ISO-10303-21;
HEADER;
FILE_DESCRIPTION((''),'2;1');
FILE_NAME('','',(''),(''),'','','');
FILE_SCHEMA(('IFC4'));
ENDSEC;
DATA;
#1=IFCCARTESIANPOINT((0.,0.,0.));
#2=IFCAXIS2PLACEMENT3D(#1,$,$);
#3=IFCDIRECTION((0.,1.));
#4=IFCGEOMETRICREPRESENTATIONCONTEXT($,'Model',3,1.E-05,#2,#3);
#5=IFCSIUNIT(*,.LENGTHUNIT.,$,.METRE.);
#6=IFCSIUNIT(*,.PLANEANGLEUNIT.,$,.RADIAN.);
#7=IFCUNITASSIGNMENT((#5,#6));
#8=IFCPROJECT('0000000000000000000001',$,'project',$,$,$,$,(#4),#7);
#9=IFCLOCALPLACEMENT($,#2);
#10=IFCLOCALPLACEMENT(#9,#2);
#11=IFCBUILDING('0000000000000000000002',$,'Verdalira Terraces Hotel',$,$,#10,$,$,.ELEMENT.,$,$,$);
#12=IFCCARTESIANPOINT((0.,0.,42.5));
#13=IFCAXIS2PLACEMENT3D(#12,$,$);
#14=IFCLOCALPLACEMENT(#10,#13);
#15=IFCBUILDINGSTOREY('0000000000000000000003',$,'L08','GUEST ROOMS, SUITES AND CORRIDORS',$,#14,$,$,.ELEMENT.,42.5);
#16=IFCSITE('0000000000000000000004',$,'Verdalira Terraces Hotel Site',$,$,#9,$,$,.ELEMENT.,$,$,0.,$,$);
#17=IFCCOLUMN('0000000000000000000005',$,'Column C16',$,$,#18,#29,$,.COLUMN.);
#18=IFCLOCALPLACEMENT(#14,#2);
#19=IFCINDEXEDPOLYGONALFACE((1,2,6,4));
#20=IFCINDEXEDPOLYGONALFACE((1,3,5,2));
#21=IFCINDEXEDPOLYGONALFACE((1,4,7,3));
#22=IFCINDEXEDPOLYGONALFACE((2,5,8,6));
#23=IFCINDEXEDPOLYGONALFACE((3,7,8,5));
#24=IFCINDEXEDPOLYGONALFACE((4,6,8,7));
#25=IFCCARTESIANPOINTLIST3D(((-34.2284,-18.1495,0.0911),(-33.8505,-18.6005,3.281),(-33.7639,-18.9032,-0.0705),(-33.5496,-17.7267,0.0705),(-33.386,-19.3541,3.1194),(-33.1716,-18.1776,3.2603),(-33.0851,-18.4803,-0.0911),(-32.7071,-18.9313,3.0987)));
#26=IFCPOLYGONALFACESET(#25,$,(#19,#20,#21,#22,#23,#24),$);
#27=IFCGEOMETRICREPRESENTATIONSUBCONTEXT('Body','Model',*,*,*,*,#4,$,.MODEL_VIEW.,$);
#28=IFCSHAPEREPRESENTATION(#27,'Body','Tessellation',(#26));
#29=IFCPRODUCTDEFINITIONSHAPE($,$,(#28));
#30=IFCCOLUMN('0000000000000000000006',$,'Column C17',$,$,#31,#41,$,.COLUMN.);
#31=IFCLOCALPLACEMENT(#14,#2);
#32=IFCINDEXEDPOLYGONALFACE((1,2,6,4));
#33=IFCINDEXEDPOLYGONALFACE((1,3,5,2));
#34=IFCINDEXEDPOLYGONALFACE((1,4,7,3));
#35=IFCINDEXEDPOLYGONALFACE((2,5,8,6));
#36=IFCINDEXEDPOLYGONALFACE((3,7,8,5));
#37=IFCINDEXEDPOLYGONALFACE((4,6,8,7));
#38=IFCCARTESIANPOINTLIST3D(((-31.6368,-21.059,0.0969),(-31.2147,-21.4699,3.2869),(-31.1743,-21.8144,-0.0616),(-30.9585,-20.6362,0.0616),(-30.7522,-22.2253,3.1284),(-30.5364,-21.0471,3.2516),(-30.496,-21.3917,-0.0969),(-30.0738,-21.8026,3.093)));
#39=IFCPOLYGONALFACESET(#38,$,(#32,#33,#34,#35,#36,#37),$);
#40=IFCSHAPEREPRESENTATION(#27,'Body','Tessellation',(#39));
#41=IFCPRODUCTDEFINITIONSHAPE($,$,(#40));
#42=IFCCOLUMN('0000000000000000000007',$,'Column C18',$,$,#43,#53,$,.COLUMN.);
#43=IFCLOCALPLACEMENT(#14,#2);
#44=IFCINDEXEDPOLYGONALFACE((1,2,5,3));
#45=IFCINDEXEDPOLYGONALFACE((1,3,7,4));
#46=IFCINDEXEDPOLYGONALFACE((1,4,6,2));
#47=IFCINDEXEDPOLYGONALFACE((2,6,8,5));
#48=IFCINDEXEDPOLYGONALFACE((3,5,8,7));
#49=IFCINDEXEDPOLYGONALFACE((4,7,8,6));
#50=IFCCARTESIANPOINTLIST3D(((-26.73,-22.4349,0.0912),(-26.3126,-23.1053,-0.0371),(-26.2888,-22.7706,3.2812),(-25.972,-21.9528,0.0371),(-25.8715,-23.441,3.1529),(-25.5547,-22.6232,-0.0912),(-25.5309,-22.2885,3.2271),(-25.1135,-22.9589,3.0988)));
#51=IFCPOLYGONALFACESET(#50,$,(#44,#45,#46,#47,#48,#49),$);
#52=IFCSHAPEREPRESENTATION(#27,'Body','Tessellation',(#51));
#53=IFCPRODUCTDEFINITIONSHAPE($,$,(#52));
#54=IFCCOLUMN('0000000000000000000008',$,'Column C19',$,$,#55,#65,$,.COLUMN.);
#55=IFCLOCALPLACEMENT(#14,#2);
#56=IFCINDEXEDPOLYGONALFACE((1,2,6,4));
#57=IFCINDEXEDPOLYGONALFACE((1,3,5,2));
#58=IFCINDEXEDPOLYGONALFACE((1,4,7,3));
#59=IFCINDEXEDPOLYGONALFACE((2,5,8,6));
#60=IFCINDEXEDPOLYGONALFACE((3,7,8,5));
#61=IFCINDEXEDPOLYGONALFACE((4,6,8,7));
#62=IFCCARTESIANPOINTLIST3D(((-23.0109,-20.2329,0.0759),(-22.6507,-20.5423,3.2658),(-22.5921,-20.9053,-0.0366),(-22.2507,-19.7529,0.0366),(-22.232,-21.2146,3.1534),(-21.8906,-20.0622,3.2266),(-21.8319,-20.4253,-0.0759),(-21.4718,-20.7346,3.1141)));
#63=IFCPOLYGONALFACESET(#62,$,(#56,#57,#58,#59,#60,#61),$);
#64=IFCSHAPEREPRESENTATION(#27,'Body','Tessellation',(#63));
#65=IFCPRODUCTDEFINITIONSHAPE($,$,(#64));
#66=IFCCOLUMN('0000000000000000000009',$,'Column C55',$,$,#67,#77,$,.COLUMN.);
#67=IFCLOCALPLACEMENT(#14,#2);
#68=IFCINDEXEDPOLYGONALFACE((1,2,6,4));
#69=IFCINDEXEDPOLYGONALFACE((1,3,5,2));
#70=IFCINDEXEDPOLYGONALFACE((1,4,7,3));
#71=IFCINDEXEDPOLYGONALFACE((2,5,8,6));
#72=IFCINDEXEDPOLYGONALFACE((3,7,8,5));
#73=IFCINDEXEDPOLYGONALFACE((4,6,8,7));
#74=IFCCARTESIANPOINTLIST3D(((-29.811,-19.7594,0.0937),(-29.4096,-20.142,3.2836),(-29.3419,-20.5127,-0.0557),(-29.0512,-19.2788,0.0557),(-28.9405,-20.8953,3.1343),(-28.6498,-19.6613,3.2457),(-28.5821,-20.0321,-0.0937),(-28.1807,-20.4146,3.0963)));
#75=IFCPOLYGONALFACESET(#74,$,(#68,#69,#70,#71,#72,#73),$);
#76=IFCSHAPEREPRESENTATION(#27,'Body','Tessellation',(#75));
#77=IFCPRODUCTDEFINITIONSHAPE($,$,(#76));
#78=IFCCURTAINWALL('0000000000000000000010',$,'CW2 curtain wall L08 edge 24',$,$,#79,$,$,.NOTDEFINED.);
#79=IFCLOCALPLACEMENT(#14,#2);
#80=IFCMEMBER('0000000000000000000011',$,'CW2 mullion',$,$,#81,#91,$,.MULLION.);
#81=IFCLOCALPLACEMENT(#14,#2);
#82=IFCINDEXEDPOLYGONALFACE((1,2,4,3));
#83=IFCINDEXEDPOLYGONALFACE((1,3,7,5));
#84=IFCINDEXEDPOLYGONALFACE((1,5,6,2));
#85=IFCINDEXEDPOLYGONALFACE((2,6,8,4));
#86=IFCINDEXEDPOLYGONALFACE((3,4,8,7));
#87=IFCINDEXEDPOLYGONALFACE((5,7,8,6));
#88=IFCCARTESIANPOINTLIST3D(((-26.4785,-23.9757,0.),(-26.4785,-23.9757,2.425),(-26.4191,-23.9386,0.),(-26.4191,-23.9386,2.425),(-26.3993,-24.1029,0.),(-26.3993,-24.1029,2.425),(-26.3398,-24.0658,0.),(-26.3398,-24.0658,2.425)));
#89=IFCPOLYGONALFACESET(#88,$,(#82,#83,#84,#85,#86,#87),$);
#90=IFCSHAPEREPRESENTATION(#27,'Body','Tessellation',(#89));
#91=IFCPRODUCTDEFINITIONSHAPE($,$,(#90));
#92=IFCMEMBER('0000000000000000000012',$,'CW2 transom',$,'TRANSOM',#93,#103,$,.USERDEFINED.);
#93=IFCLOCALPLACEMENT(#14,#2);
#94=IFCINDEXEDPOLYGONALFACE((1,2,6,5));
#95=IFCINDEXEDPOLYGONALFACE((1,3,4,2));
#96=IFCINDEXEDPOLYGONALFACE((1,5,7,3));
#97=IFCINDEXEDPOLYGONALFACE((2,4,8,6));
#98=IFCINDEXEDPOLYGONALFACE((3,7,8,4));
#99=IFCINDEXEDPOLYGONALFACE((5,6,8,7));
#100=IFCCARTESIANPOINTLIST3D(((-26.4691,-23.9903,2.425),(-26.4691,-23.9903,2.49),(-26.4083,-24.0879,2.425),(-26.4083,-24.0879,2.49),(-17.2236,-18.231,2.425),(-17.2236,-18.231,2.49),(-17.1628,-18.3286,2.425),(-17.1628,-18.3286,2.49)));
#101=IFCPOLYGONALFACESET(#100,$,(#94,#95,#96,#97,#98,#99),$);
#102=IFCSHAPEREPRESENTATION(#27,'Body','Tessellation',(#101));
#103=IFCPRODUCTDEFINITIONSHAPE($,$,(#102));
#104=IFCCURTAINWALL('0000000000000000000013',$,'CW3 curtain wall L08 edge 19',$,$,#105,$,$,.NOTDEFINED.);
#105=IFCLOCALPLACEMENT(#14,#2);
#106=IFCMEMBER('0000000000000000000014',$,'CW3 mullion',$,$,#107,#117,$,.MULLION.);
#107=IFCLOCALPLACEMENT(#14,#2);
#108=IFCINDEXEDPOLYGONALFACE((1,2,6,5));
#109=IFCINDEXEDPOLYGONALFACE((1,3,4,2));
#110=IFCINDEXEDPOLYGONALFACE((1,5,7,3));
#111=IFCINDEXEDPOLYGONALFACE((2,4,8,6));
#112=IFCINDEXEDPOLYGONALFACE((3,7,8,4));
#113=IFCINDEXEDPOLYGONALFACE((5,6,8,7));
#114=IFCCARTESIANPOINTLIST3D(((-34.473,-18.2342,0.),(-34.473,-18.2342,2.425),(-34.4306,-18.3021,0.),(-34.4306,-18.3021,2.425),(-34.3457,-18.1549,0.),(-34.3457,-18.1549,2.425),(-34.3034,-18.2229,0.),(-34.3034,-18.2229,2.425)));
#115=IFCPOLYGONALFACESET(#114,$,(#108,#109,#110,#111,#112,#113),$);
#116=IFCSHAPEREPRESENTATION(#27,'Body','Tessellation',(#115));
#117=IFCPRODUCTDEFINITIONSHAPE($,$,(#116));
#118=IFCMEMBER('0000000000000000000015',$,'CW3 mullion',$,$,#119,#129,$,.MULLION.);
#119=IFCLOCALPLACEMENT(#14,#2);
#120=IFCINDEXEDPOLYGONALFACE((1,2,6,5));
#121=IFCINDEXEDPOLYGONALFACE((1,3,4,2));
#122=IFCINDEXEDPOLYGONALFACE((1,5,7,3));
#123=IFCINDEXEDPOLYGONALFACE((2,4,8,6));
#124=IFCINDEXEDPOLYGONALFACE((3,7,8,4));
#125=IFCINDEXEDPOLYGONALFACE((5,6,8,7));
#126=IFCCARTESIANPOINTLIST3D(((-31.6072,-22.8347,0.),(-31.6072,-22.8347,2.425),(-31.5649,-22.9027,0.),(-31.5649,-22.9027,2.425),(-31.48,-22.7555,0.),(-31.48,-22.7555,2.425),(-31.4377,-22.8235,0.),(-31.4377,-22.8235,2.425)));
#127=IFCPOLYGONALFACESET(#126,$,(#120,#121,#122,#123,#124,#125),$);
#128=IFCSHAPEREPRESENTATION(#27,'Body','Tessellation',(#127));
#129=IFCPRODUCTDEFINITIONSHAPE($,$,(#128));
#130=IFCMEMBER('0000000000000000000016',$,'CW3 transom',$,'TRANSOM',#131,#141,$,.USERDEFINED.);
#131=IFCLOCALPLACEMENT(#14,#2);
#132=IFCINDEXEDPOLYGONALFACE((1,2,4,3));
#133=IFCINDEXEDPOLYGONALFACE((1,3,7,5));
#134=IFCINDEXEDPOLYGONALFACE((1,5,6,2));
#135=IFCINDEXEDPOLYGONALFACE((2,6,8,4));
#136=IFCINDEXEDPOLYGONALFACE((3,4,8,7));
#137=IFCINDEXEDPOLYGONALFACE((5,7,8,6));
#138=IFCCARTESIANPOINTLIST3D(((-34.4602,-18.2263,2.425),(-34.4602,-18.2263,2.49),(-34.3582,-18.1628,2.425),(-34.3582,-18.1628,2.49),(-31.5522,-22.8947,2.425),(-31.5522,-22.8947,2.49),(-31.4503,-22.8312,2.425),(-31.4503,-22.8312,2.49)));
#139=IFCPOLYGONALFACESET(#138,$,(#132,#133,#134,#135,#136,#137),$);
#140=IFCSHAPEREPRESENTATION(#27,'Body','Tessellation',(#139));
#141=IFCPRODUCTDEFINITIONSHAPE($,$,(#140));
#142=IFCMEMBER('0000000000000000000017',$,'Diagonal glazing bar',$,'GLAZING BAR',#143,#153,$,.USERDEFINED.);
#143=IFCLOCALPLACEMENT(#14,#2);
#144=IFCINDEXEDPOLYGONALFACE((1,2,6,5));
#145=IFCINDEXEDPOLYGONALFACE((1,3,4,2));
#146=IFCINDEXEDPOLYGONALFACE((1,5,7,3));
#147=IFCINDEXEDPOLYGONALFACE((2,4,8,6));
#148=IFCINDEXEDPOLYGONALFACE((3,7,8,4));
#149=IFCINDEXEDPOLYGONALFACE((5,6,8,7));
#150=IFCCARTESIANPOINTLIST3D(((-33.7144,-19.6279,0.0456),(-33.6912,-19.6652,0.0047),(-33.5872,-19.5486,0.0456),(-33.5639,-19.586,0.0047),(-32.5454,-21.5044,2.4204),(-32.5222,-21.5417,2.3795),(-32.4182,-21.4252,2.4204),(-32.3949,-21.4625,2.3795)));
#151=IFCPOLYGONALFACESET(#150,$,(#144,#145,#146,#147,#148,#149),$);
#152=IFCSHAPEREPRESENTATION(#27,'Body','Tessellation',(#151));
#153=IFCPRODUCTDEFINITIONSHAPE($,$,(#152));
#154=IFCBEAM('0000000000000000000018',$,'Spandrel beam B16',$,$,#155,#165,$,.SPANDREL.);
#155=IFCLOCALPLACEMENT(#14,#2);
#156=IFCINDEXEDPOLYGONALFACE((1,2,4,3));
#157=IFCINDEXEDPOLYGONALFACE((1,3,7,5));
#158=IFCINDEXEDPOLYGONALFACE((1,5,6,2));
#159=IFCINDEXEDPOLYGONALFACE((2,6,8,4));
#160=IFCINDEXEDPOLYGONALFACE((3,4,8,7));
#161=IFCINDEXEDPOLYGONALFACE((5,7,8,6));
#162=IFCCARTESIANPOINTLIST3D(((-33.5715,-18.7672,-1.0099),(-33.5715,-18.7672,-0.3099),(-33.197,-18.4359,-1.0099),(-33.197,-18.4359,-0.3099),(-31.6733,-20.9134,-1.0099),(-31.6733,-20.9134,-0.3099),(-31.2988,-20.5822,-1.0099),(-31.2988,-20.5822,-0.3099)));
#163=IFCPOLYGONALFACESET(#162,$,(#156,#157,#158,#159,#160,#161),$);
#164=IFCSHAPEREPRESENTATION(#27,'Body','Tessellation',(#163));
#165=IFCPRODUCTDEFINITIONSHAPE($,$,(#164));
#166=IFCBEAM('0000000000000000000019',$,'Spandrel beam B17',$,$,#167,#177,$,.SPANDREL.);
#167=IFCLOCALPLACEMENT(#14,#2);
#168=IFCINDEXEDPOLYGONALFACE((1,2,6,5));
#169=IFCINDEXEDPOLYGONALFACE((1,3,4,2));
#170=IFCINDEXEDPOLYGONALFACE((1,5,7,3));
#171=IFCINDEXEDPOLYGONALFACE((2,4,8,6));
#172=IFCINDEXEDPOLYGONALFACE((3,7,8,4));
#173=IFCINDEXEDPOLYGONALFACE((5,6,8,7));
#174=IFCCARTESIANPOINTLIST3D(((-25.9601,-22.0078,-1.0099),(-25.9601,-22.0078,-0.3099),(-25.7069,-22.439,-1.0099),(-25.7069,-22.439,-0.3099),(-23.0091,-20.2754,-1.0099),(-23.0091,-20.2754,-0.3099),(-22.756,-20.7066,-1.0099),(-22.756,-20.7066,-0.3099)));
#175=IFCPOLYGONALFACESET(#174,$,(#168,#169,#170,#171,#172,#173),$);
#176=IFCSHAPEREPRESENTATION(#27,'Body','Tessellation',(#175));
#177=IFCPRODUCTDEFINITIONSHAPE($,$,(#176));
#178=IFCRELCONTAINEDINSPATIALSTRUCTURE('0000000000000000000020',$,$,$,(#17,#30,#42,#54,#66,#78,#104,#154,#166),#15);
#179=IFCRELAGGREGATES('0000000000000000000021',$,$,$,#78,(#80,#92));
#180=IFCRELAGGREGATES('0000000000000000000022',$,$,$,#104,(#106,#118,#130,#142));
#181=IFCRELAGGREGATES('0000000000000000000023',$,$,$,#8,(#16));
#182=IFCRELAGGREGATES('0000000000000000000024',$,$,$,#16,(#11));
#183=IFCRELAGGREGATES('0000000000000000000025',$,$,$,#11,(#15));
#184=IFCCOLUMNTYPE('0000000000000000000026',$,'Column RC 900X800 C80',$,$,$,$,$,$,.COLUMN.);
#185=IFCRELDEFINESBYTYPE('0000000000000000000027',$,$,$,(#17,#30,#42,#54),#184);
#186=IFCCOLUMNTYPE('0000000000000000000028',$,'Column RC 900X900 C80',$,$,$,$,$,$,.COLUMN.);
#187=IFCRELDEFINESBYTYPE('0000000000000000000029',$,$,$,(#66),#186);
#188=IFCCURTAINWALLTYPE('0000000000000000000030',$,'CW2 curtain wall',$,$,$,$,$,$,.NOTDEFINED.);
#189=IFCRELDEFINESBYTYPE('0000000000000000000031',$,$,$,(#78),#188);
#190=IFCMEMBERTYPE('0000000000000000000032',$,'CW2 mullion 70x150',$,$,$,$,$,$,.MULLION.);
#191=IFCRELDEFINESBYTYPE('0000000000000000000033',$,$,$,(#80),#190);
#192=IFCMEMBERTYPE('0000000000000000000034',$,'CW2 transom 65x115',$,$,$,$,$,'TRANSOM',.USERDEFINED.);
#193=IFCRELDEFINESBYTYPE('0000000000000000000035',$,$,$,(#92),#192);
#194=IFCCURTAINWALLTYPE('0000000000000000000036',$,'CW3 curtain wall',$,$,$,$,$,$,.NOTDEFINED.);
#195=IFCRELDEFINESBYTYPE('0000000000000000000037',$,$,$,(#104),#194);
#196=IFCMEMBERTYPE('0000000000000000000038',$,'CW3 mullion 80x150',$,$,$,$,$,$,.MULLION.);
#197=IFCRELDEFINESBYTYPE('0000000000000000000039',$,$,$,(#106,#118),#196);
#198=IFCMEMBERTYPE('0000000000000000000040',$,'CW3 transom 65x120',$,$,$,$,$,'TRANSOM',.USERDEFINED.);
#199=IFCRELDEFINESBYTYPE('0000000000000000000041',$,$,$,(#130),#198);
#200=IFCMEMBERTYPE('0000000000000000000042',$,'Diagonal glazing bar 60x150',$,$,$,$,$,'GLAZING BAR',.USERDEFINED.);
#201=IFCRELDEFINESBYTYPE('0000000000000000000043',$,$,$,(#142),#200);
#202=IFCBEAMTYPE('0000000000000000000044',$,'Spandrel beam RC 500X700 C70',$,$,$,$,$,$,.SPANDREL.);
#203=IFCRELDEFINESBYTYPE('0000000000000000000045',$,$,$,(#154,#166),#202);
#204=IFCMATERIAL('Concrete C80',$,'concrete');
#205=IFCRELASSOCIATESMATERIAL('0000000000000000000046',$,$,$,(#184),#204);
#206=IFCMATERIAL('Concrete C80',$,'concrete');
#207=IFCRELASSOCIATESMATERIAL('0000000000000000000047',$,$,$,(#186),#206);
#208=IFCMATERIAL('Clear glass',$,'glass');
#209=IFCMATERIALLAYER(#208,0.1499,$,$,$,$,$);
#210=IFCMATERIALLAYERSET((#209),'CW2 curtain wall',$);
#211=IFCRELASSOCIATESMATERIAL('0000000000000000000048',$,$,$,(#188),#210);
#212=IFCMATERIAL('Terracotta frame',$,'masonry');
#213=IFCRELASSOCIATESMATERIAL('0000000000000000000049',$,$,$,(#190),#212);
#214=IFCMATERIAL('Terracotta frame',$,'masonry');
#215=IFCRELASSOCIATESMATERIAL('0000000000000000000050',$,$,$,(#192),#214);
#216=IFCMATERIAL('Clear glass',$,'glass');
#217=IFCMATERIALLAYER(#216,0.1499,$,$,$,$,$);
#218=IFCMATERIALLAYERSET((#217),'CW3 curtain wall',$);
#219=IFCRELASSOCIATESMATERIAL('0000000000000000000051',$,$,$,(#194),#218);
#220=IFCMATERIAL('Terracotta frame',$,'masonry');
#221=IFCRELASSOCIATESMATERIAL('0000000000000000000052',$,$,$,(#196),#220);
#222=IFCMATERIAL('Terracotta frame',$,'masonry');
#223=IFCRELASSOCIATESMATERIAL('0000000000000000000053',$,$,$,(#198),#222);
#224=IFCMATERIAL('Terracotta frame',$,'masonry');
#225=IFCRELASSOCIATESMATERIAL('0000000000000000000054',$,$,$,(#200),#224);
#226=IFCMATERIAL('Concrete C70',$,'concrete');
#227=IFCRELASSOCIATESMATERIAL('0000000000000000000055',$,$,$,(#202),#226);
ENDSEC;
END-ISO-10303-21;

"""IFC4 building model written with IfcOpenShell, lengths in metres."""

from ifc_helpers import new_model, si_unit, direction, frame, origin, origin_2d, place, context, subcontext, project, spatial, rectangle, extrude, material, layer, layer_set, material_profile, profile_set, type_object, element, aggregate, save


model = new_model("IFC4")

# Units and contexts
model_context = context("Model", 3, precision=1e-05, world=origin(), true_north=direction((0.0, 1.0)))
body_context = subcontext(model_context, "Body", "Model", "MODEL_VIEW")
ifc_project = project(units=[si_unit("LENGTHUNIT", "METRE"), si_unit("PLANEANGLEUNIT", "RADIAN")], contexts=[model_context])

# Site, building, storey
site_placement = place(None, origin())
site = spatial("IfcSite", under=ifc_project, at=site_placement, Name="Verdalira Terraces Hotel Site", CompositionType="ELEMENT", RefElevation=0.0)
building_placement = place(site_placement, origin())
building = spatial("IfcBuilding", under=site, at=building_placement, Name="Verdalira Terraces Hotel", CompositionType="ELEMENT")
storey_placement = place(building_placement, frame((0.0, 0.0, 42.5)))
storey = spatial("IfcBuildingStorey", under=building, at=storey_placement, Name="L08", Description="GUEST ROOMS, SUITES AND CORRIDORS", CompositionType="ELEMENT", Elevation=42.5)

# Columns
ifc_material_1 = material(Name="Concrete C80", Category="concrete")
ifc_material_profile_1 = material_profile(ifc_material_1, rectangle(XDim=0.8999, YDim=0.8, at=origin_2d()), Name="RC 900X800")
ifc_profile_set_1 = profile_set([ifc_material_profile_1], Name="Concrete C80")
column_type_1 = type_object("IfcColumnType", Name="Column RC 900X800 C80", PredefinedType="COLUMN", material=ifc_profile_set_1)
column_1_placement = place(storey_placement, frame((-33.6567, -18.3149, 0.0), z_axis=(0.11651, -0.139014, 0.983413), x_axis=(0.516165, -0.837461, -0.179536)))
element("IfcColumn", 1, at=column_1_placement, inside=storey, type_object=column_type_1, Name="Column C16", PredefinedType="COLUMN", context=body_context, shape_type="SweptSolid", body=[
    extrude(rectangle(XDim=0.8999, YDim=0.8, at=origin_2d()), origin(), (0.0, 0.0, 1.0), 3.2437),
])
column_2_placement = place(storey_placement, frame((-31.0664, -21.2253, 0.0), z_axis=(0.130128, -0.126666, 0.983373), x_axis=(0.51399, -0.839515, -0.176151)))
element("IfcColumn", 2, at=column_2_placement, inside=storey, type_object=column_type_1, Name="Column C17", PredefinedType="COLUMN", context=body_context, shape_type="SweptSolid", body=[
    extrude(rectangle(XDim=0.8999, YDim=0.8, at=origin_2d()), origin(), (0.0, 0.0, 1.0), 3.2439),
])
column_3_placement = place(storey_placement, frame((-26.1423, -22.5291, 0.0), z_axis=(0.136256, -0.103681, 0.985233), x_axis=(0.842216, 0.53578, -0.060094)))
element("IfcColumn", 3, at=column_3_placement, inside=storey, type_object=column_type_1, Name="Column C18", PredefinedType="COLUMN", context=body_context, shape_type="SweptSolid", body=[
    extrude(rectangle(XDim=0.8999, YDim=0.8, at=origin_2d()), origin(), (0.0, 0.0, 1.0), 3.2378),
])
column_4_placement = place(storey_placement, frame((-22.4214, -20.3291, 0.0), z_axis=(0.111659, -0.095913, 0.989107), x_axis=(0.844726, 0.533418, -0.043635)))
element("IfcColumn", 4, at=column_4_placement, inside=storey, type_object=column_type_1, Name="Column C19", PredefinedType="COLUMN", context=body_context, shape_type="SweptSolid", body=[
    extrude(rectangle(XDim=0.8999, YDim=0.8, at=origin_2d()), origin(), (0.0, 0.0, 1.0), 3.2251),
])
ifc_material_2 = material(Name="Concrete C80", Category="concrete")
ifc_material_profile_2 = material_profile(ifc_material_2, rectangle(XDim=0.8999, YDim=0.8999, at=origin_2d()), Name="RC 900X900")
ifc_profile_set_2 = profile_set([ifc_material_profile_2], Name="Concrete C80")
column_type_2 = type_object("IfcColumnType", Name="Column RC 900X900 C80", PredefinedType="COLUMN", material=ifc_profile_set_2)
column_5_placement = place(storey_placement, frame((-29.1965, -19.8958, 0.0), z_axis=(0.123964, -0.118158, 0.985227), x_axis=(-0.844339, -0.534147, 0.042177)))
element("IfcColumn", 5, at=column_5_placement, inside=storey, type_object=column_type_2, Name="Column C55", PredefinedType="COLUMN", context=body_context, shape_type="SweptSolid", body=[
    extrude(rectangle(XDim=0.8999, YDim=0.8999, at=origin_2d()), origin(), (0.0, 0.0, 1.0), 3.2378),
])

# Curtain walls, members
ifc_material_3 = material(Name="Clear glass", Category="glass")
ifc_layer_1 = layer(ifc_material_3, 0.1499)
ifc_layer_set_1 = layer_set([ifc_layer_1], Name="CW2 curtain wall")
curtain_wall_type_1 = type_object("IfcCurtainWallType", Name="CW2 curtain wall", PredefinedType="NOTDEFINED", material=ifc_layer_set_1)
curtain_wall_1_placement = place(storey_placement, origin())
curtain_wall_1 = element("IfcCurtainWall", 6, at=curtain_wall_1_placement, inside=storey, type_object=curtain_wall_type_1, Name="CW2 curtain wall L08 edge 24", PredefinedType="NOTDEFINED")
ifc_material_4 = material(Name="Terracotta frame", Category="masonry")
ifc_material_profile_3 = material_profile(ifc_material_4, rectangle(XDim=0.0701, YDim=0.1499, at=origin_2d()), Name="MU 70x150")
ifc_profile_set_3 = profile_set([ifc_material_profile_3], Name="Terracotta frame")
member_type_1 = type_object("IfcMemberType", Name="CW2 mullion 70x150", PredefinedType="MULLION", material=ifc_profile_set_3)
member_1_placement = place(storey_placement, frame((-26.4092, -24.0208, 0.0), z_axis=(0.0, 0.0, 1.0), x_axis=(0.848787, 0.528735, 0.0)))
member_1 = element("IfcMember", 7, at=member_1_placement, type_object=member_type_1, Name="CW2 mullion", PredefinedType="MULLION", context=body_context, shape_type="SweptSolid", body=[
    extrude(rectangle(XDim=0.0701, YDim=0.1499, at=origin_2d()), origin(), (0.0, 0.0, 1.0), 2.425),
])
ifc_material_5 = material(Name="Terracotta frame", Category="masonry")
ifc_material_profile_4 = material_profile(ifc_material_5, rectangle(XDim=0.115, YDim=0.0649, at=origin_2d()), Name="TR 65x115")
ifc_profile_set_4 = profile_set([ifc_material_profile_4], Name="Terracotta frame")
member_type_2 = type_object("IfcMemberType", Name="CW2 transom 65x115", ElementType="TRANSOM", PredefinedType="USERDEFINED", material=ifc_profile_set_4)
member_2_placement = place(storey_placement, frame((-26.4387, -24.0391, 2.4575), z_axis=(0.848791, 0.528729, 0.0), x_axis=(-0.528729, 0.848791, 0.0)))
member_2 = element("IfcMember", 8, at=member_2_placement, type_object=member_type_2, Name="CW2 transom", ObjectType="TRANSOM", PredefinedType="USERDEFINED", context=body_context, shape_type="SweptSolid", body=[
    extrude(rectangle(XDim=0.115, YDim=0.0649, at=origin_2d()), origin(), (0.0, 0.0, 1.0), 10.8926),
])
ifc_material_6 = material(Name="Clear glass", Category="glass")
ifc_layer_2 = layer(ifc_material_6, 0.1499)
ifc_layer_set_2 = layer_set([ifc_layer_2], Name="CW3 curtain wall")
curtain_wall_type_2 = type_object("IfcCurtainWallType", Name="CW3 curtain wall", PredefinedType="NOTDEFINED", material=ifc_layer_set_2)
curtain_wall_2_placement = place(storey_placement, origin())
curtain_wall_2 = element("IfcCurtainWall", 9, at=curtain_wall_2_placement, inside=storey, type_object=curtain_wall_type_2, Name="CW3 curtain wall L08 edge 19", PredefinedType="NOTDEFINED")
ifc_material_7 = material(Name="Terracotta frame", Category="masonry")
ifc_material_profile_5 = material_profile(ifc_material_7, rectangle(XDim=0.0801, YDim=0.1499, at=origin_2d()), Name="MU 80x150")
ifc_profile_set_5 = profile_set([ifc_material_profile_5], Name="Terracotta frame")
member_type_3 = type_object("IfcMemberType", Name="CW3 mullion 80x150", PredefinedType="MULLION", material=ifc_profile_set_5)
member_3_placement = place(storey_placement, frame((-34.3882, -18.2285, 0.0), z_axis=(0.0, 0.0, 1.0), x_axis=(0.528735, -0.848787, 0.0)))
member_3 = element("IfcMember", 10, at=member_3_placement, type_object=member_type_3, Name="CW3 mullion", PredefinedType="MULLION", context=body_context, shape_type="SweptSolid", body=[
    extrude(rectangle(XDim=0.0801, YDim=0.1499, at=origin_2d()), origin(), (0.0, 0.0, 1.0), 2.425),
])
member_4_placement = place(storey_placement, frame((-31.5225, -22.8291, 0.0), z_axis=(0.0, 0.0, 1.0), x_axis=(0.528735, -0.848787, 0.0)))
member_4 = element("IfcMember", 11, at=member_4_placement, type_object=member_type_3, Name="CW3 mullion", PredefinedType="MULLION", context=body_context, shape_type="SweptSolid", body=[
    extrude(rectangle(XDim=0.0801, YDim=0.1499, at=origin_2d()), origin(), (0.0, 0.0, 1.0), 2.425),
])
ifc_material_8 = material(Name="Terracotta frame", Category="masonry")
ifc_material_profile_6 = material_profile(ifc_material_8, rectangle(XDim=0.1201, YDim=0.0649, at=origin_2d()), Name="TR 65x120")
ifc_profile_set_6 = profile_set([ifc_material_profile_6], Name="Terracotta frame")
member_type_4 = type_object("IfcMemberType", Name="CW3 transom 65x120", ElementType="TRANSOM", PredefinedType="USERDEFINED", material=ifc_profile_set_6)
member_5_placement = place(storey_placement, frame((-34.4092, -18.1946, 2.4575), z_axis=(0.528714, -0.8488, 0.0), x_axis=(0.8488, 0.528714, 0.0)))
member_5 = element("IfcMember", 12, at=member_5_placement, type_object=member_type_4, Name="CW3 transom", ObjectType="TRANSOM", PredefinedType="USERDEFINED", context=body_context, shape_type="SweptSolid", body=[
    extrude(rectangle(XDim=0.1201, YDim=0.0649, at=origin_2d()), origin(), (0.0, 0.0, 1.0), 5.5),
])
ifc_material_9 = material(Name="Terracotta frame", Category="masonry")
ifc_material_profile_7 = material_profile(ifc_material_9, rectangle(XDim=0.1499, YDim=0.0601, at=origin_2d()), Name="GB 60x150")
ifc_profile_set_7 = profile_set([ifc_material_profile_7], Name="Terracotta frame")
member_type_5 = type_object("IfcMemberType", Name="Diagonal glazing bar 60x150", ElementType="GLAZING BAR", PredefinedType="USERDEFINED", material=ifc_profile_set_7)
member_6_placement = place(storey_placement, frame((-33.6392, -19.6069, 0.0251), z_axis=(0.360281, -0.578346, 0.731924), x_axis=(0.848779, 0.528748, 0.0)))
member_6 = element("IfcMember", 13, at=member_6_placement, type_object=member_type_5, Name="Diagonal glazing bar", ObjectType="GLAZING BAR", PredefinedType="USERDEFINED", context=body_context, shape_type="SweptSolid", body=[
    extrude(rectangle(XDim=0.1499, YDim=0.0601, at=origin_2d()), origin(), (0.0, 0.0, 1.0), 3.2446),
])

# Beams
ifc_material_10 = material(Name="Concrete C70", Category="concrete")
ifc_material_profile_8 = material_profile(ifc_material_10, rectangle(XDim=0.5, YDim=0.7, at=origin_2d()), Name="RC 500X700")
ifc_profile_set_8 = profile_set([ifc_material_profile_8], Name="Concrete C70")
beam_type = type_object("IfcBeamType", Name="Spandrel beam RC 500X700 C70", PredefinedType="SPANDREL", material=ifc_profile_set_8)
beam_1_placement = place(storey_placement, frame((-33.3843, -18.6016, -0.6599), z_axis=(0.662495, -0.749066, 0.0), x_axis=(0.749066, 0.662495, 0.0)))
element("IfcBeam", 14, at=beam_1_placement, inside=storey, type_object=beam_type, Name="Spandrel beam B16", PredefinedType="SPANDREL", context=body_context, shape_type="SweptSolid", body=[
    extrude(rectangle(XDim=0.5, YDim=0.7, at=origin_2d()), origin(), (0.0, 0.0, 1.0), 2.8652),
])
beam_2_placement = place(storey_placement, frame((-25.8335, -22.2234, -0.6599), z_axis=(0.86237, 0.506278, 0.0), x_axis=(-0.506278, 0.86237, 0.0)))
element("IfcBeam", 15, at=beam_2_placement, inside=storey, type_object=beam_type, Name="Spandrel beam B17", PredefinedType="SPANDREL", context=body_context, shape_type="SweptSolid", body=[
    extrude(rectangle(XDim=0.5, YDim=0.7, at=origin_2d()), origin(), (0.0, 0.0, 1.0), 3.4219),
])

aggregate(curtain_wall_1, [member_1, member_2])
aggregate(curtain_wall_2, [member_3, member_4, member_5, member_6])

save(model, "model.ifc")
